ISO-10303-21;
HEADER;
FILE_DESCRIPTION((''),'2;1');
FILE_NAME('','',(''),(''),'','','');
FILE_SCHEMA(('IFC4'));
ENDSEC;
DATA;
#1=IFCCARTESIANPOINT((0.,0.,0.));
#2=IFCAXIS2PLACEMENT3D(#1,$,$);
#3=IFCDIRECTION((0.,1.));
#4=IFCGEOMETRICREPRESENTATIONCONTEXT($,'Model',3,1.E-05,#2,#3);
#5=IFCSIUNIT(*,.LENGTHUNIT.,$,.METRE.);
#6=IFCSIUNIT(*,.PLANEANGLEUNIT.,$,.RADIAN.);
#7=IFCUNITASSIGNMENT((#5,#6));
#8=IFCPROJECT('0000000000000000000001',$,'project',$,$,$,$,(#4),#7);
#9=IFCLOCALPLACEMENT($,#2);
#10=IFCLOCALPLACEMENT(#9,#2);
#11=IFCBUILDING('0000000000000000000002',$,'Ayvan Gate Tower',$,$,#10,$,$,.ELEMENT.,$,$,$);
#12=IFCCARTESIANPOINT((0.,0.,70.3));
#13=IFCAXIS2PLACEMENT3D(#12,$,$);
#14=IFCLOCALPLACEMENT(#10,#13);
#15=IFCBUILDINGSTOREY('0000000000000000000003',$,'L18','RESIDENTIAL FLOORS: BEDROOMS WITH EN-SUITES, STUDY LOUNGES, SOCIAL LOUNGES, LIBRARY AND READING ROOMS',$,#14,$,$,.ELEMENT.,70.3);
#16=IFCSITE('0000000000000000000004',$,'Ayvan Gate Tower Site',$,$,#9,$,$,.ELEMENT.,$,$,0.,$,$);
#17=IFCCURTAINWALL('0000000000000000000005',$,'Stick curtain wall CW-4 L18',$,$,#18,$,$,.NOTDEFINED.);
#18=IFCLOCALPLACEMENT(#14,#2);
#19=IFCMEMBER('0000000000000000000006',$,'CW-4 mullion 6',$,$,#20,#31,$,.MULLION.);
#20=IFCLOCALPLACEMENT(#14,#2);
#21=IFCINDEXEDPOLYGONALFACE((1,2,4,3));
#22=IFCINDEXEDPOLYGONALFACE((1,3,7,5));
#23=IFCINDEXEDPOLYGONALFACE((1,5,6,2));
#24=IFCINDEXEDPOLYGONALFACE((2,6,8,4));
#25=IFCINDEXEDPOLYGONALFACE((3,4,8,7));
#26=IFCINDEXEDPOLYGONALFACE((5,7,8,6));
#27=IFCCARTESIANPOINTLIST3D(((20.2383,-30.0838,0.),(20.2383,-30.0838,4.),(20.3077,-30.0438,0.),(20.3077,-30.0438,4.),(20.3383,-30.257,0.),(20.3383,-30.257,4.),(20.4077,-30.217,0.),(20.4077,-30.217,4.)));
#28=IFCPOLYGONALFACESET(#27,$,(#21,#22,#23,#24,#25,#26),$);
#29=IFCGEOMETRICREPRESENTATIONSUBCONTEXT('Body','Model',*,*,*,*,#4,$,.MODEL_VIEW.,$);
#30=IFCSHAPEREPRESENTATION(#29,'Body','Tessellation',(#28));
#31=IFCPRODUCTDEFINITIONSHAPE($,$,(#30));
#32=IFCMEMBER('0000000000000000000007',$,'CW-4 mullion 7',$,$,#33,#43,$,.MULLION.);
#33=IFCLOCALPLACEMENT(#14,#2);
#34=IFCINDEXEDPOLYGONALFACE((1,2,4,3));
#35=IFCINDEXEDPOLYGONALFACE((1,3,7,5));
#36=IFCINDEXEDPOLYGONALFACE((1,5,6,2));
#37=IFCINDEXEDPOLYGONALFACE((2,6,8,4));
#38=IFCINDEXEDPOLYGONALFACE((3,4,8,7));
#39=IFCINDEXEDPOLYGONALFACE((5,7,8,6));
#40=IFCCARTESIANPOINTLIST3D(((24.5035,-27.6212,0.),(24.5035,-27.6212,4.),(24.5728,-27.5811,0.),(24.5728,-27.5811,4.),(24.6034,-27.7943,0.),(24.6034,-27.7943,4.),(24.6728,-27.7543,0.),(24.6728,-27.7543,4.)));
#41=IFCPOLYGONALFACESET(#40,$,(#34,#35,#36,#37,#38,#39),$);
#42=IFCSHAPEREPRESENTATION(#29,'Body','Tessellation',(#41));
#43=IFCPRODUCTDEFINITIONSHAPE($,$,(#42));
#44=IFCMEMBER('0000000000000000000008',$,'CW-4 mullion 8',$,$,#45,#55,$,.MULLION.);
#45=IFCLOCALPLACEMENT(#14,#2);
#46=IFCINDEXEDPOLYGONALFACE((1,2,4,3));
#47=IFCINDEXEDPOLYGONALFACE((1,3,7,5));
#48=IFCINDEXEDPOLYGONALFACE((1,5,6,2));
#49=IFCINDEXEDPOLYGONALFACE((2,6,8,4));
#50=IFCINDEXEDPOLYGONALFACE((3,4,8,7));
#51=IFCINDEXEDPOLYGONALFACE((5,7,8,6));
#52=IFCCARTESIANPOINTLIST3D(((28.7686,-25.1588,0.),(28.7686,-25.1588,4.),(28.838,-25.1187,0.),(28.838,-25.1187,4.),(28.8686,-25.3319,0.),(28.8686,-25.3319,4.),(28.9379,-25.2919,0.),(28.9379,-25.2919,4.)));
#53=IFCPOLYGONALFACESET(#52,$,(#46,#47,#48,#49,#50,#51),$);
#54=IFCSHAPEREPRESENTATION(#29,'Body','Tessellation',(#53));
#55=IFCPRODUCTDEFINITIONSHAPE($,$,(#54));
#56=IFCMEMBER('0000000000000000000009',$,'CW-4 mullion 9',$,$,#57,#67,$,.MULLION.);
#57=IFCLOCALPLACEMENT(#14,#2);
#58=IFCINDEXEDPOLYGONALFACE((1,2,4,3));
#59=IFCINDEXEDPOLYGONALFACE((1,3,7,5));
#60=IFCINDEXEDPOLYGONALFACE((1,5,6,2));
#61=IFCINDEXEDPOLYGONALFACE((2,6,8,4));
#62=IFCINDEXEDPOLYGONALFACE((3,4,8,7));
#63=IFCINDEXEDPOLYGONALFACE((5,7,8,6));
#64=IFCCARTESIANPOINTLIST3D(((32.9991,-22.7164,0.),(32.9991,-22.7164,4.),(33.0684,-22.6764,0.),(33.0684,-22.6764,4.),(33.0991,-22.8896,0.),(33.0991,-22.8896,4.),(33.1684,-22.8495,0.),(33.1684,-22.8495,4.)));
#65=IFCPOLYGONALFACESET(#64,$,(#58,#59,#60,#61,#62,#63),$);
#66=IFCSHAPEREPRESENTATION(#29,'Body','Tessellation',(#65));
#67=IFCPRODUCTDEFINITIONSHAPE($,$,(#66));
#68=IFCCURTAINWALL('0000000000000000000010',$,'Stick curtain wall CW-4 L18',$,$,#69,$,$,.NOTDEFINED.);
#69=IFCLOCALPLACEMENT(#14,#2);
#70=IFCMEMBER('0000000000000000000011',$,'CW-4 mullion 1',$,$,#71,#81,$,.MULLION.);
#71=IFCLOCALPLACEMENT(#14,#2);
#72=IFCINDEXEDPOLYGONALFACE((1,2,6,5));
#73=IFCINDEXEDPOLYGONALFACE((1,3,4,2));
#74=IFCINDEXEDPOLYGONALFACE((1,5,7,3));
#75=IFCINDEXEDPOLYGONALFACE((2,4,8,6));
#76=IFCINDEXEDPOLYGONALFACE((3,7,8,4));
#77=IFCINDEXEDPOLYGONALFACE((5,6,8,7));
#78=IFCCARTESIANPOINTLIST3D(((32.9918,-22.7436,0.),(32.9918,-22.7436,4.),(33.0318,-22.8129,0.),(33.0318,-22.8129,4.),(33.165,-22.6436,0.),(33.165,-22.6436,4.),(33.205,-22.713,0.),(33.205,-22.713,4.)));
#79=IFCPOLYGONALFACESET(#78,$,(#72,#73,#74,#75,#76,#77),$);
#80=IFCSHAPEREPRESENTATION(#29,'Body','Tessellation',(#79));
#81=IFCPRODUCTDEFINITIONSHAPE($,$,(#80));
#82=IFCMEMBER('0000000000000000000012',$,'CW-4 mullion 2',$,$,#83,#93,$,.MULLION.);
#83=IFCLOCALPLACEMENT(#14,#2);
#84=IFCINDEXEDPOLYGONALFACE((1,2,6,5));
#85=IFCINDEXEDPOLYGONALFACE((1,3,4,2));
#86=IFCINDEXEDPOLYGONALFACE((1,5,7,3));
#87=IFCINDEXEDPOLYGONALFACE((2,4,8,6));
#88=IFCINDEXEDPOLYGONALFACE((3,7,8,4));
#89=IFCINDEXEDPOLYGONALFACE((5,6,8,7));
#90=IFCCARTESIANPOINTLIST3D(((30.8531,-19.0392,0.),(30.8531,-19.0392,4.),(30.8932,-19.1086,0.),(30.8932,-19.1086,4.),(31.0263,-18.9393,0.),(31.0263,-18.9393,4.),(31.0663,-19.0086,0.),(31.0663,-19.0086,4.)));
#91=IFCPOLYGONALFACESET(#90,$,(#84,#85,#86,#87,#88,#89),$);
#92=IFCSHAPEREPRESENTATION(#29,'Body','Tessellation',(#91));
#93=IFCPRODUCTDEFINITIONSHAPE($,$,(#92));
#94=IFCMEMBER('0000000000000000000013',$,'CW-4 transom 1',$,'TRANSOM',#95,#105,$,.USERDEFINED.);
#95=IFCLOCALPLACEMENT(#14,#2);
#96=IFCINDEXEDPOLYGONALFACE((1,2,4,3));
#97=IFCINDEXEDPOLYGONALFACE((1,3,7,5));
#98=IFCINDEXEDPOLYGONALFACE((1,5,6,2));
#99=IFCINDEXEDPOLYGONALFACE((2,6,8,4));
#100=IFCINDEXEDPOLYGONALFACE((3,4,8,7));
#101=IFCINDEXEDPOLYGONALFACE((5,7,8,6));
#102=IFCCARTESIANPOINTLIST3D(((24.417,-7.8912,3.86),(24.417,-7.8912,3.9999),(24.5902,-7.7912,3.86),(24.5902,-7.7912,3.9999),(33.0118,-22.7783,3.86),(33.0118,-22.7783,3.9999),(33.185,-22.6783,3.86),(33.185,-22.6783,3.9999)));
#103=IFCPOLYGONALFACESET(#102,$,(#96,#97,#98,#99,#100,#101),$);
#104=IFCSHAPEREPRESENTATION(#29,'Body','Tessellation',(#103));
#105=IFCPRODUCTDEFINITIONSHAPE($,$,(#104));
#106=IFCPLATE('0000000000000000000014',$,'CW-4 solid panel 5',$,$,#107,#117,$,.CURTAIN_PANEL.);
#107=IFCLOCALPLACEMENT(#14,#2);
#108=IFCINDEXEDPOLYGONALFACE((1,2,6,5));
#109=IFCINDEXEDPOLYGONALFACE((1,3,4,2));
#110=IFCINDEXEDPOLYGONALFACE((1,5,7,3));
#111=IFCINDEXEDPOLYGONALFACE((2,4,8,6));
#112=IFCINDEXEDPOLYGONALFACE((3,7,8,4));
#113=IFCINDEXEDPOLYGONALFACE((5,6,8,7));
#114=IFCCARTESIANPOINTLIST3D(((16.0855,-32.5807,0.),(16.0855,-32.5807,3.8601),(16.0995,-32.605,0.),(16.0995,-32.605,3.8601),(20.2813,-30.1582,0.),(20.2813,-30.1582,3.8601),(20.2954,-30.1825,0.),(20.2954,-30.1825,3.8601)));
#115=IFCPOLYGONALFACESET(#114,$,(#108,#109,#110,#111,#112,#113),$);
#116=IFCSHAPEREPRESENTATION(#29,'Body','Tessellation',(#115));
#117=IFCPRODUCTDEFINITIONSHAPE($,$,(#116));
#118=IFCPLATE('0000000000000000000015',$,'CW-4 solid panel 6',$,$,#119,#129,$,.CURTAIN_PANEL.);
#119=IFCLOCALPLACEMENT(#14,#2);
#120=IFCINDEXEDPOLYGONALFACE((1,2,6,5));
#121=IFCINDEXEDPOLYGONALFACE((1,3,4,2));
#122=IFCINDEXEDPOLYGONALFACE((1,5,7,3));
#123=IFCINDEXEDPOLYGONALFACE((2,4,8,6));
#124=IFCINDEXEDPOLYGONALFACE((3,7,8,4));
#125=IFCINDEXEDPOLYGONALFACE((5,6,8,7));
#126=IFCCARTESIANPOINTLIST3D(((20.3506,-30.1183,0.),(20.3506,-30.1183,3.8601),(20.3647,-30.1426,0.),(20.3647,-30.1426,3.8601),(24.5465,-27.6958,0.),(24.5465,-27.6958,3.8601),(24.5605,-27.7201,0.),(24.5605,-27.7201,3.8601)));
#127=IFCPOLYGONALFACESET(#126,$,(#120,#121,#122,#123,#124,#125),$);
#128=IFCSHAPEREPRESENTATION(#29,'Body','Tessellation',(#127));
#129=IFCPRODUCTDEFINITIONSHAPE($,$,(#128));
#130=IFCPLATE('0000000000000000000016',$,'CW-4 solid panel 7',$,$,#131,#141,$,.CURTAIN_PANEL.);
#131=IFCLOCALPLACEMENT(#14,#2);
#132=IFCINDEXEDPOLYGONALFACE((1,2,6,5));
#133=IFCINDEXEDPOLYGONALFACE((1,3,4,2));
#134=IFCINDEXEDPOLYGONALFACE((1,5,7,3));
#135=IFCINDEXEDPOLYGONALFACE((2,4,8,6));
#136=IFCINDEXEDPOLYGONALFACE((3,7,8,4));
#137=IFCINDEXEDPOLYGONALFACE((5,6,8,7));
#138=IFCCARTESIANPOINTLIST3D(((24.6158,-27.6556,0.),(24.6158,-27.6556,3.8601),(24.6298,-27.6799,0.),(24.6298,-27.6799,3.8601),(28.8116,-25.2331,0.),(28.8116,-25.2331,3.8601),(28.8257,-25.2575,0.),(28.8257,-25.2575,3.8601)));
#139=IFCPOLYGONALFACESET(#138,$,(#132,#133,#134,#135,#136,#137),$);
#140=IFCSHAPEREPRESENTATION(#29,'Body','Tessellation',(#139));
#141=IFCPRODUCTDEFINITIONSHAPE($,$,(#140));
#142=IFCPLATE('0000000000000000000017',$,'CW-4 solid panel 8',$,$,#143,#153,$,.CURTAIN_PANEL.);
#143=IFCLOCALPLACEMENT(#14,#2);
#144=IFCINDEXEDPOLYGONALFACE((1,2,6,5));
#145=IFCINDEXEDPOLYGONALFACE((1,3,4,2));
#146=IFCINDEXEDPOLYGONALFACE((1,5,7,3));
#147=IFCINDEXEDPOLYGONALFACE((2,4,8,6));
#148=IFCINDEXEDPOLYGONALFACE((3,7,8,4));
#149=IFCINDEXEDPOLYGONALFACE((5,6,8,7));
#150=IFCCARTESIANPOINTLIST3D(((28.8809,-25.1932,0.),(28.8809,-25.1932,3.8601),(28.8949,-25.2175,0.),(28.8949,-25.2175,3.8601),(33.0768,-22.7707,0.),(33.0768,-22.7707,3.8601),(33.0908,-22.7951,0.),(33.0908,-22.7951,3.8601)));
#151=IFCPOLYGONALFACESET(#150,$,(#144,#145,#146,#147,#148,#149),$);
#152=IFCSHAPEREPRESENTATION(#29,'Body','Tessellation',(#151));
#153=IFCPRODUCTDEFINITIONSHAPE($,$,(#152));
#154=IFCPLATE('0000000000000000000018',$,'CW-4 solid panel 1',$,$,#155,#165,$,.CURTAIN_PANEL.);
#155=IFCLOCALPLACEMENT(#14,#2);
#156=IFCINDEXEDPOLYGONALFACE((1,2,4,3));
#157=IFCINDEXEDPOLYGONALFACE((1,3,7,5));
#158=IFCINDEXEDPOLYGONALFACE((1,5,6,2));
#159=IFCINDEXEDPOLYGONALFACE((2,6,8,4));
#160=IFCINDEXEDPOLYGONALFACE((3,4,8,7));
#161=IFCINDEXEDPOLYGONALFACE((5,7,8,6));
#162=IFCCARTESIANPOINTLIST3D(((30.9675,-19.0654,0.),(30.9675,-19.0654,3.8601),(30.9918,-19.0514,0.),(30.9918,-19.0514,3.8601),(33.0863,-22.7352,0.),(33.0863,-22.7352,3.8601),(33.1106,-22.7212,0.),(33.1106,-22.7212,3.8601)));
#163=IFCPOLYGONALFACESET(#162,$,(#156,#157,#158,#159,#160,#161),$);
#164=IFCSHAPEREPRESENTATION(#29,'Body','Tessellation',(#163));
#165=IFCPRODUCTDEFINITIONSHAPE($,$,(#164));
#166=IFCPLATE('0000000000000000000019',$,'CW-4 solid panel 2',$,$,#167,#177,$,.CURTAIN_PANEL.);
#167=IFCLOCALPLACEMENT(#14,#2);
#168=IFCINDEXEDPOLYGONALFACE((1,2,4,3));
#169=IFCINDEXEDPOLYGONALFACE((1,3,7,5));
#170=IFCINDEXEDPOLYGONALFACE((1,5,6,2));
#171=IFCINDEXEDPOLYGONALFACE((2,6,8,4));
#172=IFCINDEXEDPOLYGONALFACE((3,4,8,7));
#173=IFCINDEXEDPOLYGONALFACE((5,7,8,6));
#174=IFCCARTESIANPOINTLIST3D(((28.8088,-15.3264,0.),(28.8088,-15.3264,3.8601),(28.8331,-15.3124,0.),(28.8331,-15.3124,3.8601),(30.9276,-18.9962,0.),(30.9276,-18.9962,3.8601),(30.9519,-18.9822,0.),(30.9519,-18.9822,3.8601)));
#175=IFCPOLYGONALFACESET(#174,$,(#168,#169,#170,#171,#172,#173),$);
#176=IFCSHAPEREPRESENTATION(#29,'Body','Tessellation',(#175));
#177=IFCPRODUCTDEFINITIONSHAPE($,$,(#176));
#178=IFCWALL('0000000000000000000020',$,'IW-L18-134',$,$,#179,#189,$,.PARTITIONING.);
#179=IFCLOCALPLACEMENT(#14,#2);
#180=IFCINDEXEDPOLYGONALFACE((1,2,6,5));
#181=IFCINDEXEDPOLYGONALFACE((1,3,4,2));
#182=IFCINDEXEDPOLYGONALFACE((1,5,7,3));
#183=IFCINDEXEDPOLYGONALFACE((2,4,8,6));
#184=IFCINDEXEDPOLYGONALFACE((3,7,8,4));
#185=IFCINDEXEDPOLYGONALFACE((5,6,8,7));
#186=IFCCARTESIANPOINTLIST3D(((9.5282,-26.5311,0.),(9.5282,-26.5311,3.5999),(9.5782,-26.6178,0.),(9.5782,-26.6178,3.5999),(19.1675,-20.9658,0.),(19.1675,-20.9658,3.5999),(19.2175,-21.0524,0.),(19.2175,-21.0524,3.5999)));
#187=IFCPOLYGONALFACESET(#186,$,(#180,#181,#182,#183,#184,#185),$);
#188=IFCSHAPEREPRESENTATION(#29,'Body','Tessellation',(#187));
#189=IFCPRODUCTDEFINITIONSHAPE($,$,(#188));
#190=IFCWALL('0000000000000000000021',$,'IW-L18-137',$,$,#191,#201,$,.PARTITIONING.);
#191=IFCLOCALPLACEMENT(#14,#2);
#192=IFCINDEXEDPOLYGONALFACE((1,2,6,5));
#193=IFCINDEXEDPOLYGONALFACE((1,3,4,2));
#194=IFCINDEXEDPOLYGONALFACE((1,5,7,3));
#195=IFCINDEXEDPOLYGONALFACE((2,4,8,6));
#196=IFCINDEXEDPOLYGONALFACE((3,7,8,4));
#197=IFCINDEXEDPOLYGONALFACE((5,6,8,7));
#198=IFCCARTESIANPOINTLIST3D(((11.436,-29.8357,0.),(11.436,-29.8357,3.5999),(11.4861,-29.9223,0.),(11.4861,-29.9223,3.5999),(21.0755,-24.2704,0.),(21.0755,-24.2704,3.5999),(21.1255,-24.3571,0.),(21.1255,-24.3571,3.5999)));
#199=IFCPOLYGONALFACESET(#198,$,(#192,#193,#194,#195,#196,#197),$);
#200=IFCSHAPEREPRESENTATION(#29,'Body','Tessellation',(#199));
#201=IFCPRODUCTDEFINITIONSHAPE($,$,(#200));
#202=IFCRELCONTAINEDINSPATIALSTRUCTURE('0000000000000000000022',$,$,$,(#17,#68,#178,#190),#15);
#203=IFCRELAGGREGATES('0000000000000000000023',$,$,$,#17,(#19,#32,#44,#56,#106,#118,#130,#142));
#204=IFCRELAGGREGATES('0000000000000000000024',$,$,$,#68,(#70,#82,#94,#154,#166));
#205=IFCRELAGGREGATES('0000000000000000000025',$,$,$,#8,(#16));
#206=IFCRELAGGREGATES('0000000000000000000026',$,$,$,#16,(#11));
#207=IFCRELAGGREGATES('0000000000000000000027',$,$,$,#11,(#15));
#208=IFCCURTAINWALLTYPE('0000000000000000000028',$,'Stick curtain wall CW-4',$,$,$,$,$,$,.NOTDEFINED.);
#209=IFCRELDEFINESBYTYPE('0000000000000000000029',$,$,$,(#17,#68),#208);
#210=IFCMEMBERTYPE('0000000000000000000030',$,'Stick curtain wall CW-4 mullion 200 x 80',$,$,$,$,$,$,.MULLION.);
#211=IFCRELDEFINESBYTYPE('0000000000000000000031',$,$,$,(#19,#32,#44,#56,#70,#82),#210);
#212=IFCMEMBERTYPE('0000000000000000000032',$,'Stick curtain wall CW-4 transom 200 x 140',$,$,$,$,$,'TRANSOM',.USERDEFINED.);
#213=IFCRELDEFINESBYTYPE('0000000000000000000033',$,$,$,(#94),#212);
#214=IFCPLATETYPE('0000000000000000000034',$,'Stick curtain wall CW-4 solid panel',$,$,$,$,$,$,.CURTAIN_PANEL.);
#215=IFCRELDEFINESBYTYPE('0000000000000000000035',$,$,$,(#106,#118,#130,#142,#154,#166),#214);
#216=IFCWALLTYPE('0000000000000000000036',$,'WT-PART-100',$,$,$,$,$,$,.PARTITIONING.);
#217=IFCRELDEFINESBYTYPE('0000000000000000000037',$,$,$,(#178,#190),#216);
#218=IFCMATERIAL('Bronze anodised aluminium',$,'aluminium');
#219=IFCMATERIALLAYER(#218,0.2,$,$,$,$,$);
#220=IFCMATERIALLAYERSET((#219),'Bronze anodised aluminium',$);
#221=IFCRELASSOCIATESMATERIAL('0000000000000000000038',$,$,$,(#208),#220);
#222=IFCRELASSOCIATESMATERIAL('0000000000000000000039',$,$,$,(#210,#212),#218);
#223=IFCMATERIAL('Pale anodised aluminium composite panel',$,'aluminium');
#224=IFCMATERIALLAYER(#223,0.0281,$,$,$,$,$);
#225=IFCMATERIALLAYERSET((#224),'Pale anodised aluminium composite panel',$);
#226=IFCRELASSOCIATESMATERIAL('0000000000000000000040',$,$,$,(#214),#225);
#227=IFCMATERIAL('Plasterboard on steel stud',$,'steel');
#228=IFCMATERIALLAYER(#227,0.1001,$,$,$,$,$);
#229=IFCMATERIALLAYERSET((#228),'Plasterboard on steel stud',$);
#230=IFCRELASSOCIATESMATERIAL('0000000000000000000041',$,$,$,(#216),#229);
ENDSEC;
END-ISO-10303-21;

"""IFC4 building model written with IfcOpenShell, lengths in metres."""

from ifc_helpers import new_model, si_unit, direction, frame, frame_2d, origin, origin_2d, place, context, subcontext, project, spatial, rectangle, extrude, material, layer, layer_set, material_profile, profile_set, type_object, element, aggregate, save


model = new_model("IFC4")

# Units and contexts
model_context = context("Model", 3, precision=1e-05, world=origin(), true_north=direction((0.0, 1.0)))
body_context = subcontext(model_context, "Body", "Model", "MODEL_VIEW")
ifc_project = project(units=[si_unit("LENGTHUNIT", "METRE"), si_unit("PLANEANGLEUNIT", "RADIAN")], contexts=[model_context])

# Site, building, storey
site_placement = place(None, origin())
site = spatial("IfcSite", under=ifc_project, at=site_placement, Name="Ayvan Gate Tower Site", CompositionType="ELEMENT", RefElevation=0.0)
building_placement = place(site_placement, origin())
building = spatial("IfcBuilding", under=site, at=building_placement, Name="Ayvan Gate Tower", CompositionType="ELEMENT")
storey_placement = place(building_placement, frame((0.0, 0.0, 70.3)))
storey = spatial("IfcBuildingStorey", under=building, at=storey_placement, Name="L18", Description="RESIDENTIAL FLOORS: BEDROOMS WITH EN-SUITES, STUDY LOUNGES, SOCIAL LOUNGES, LIBRARY AND READING ROOMS", CompositionType="ELEMENT", Elevation=70.3)

# Curtain walls, members
ifc_material_1 = material(Name="Bronze anodised aluminium", Category="aluminium")
ifc_layer_1 = layer(ifc_material_1, 0.2)
ifc_layer_set_1 = layer_set([ifc_layer_1], Name="Bronze anodised aluminium")
curtain_wall_type = type_object("IfcCurtainWallType", Name="Stick curtain wall CW-4", PredefinedType="NOTDEFINED", material=ifc_layer_set_1)
curtain_wall_1_placement = place(storey_placement, origin())
curtain_wall_1 = element("IfcCurtainWall", 1, at=curtain_wall_1_placement, inside=storey, type_object=curtain_wall_type, Name="Stick curtain wall CW-4 L18", PredefinedType="NOTDEFINED")
ifc_material_profile_1 = material_profile(ifc_material_1, rectangle(XDim=0.2, YDim=0.0801, at=origin_2d()), Name="Stick curtain wall CW-4 mullion 200 x 80")
ifc_profile_set_1 = profile_set([ifc_material_profile_1], Name="Bronze anodised aluminium")
member_type_1 = type_object("IfcMemberType", Name="Stick curtain wall CW-4 mullion 200 x 80", PredefinedType="MULLION", material=ifc_profile_set_1)
member_1_placement = place(storey_placement, frame((20.323, -30.1504, 0.0), z_axis=(0.0, 0.0, 1.0), x_axis=(0.5, -0.866025, 0.0)))
member_1 = element("IfcMember", 2, at=member_1_placement, type_object=member_type_1, Name="CW-4 mullion 6", PredefinedType="MULLION", context=body_context, shape_type="SweptSolid", body=[
    extrude(rectangle(XDim=0.2, YDim=0.0801, at=origin_2d()), origin(), (0.0, 0.0, 1.0), 4.0),
])
member_2_placement = place(storey_placement, frame((24.5881, -27.6877, 0.0), z_axis=(0.0, 0.0, 1.0), x_axis=(0.5, -0.866025, 0.0)))
member_2 = element("IfcMember", 3, at=member_2_placement, type_object=member_type_1, Name="CW-4 mullion 7", PredefinedType="MULLION", context=body_context, shape_type="SweptSolid", body=[
    extrude(rectangle(XDim=0.2, YDim=0.0801, at=origin_2d()), origin(), (0.0, 0.0, 1.0), 4.0),
])
member_3_placement = place(storey_placement, frame((28.8533, -25.2253, 0.0), z_axis=(0.0, 0.0, 1.0), x_axis=(0.5, -0.866025, 0.0)))
member_3 = element("IfcMember", 4, at=member_3_placement, type_object=member_type_1, Name="CW-4 mullion 8", PredefinedType="MULLION", context=body_context, shape_type="SweptSolid", body=[
    extrude(rectangle(XDim=0.2, YDim=0.0801, at=origin_2d()), origin(), (0.0, 0.0, 1.0), 4.0),
])
member_4_placement = place(storey_placement, frame((33.0837, -22.783, 0.0), z_axis=(0.0, 0.0, 1.0), x_axis=(0.5, -0.866025, 0.0)))
member_4 = element("IfcMember", 5, at=member_4_placement, type_object=member_type_1, Name="CW-4 mullion 9", PredefinedType="MULLION", context=body_context, shape_type="SweptSolid", body=[
    extrude(rectangle(XDim=0.2, YDim=0.0801, at=origin_2d()), origin(), (0.0, 0.0, 1.0), 4.0),
])
curtain_wall_2_placement = place(storey_placement, origin())
curtain_wall_2 = element("IfcCurtainWall", 6, at=curtain_wall_2_placement, inside=storey, type_object=curtain_wall_type, Name="Stick curtain wall CW-4 L18", PredefinedType="NOTDEFINED")
member_5_placement = place(storey_placement, frame((33.0984, -22.7283, 0.0), z_axis=(0.0, 0.0, 1.0), x_axis=(0.866025, 0.5, 0.0)))
member_5 = element("IfcMember", 7, at=member_5_placement, type_object=member_type_1, Name="CW-4 mullion 1", PredefinedType="MULLION", context=body_context, shape_type="SweptSolid", body=[
    extrude(rectangle(XDim=0.2, YDim=0.0801, at=origin_2d()), origin(), (0.0, 0.0, 1.0), 4.0),
])
member_6_placement = place(storey_placement, frame((30.9597, -19.0239, 0.0), z_axis=(0.0, 0.0, 1.0), x_axis=(0.866025, 0.5, 0.0)))
member_6 = element("IfcMember", 8, at=member_6_placement, type_object=member_type_1, Name="CW-4 mullion 2", PredefinedType="MULLION", context=body_context, shape_type="SweptSolid", body=[
    extrude(rectangle(XDim=0.2, YDim=0.0801, at=origin_2d()), origin(), (0.0, 0.0, 1.0), 4.0),
])
ifc_material_profile_2 = material_profile(ifc_material_1, rectangle(XDim=0.2, YDim=0.1399, at=origin_2d()), Name="Stick curtain wall CW-4 transom 200 x 140")
ifc_profile_set_2 = profile_set([ifc_material_profile_2], Name="Bronze anodised aluminium")
member_type_2 = type_object("IfcMemberType", Name="Stick curtain wall CW-4 transom 200 x 140", ElementType="TRANSOM", PredefinedType="USERDEFINED", material=ifc_profile_set_2)
member_7_placement = place(storey_placement, frame((33.0984, -22.7283, 3.9299), z_axis=(-0.499988, 0.866032, 0.0), x_axis=(-0.866032, -0.499988, 0.0)))
member_7 = element("IfcMember", 9, at=member_7_placement, type_object=member_type_2, Name="CW-4 transom 1", ObjectType="TRANSOM", PredefinedType="USERDEFINED", context=body_context, shape_type="SweptSolid", body=[
    extrude(rectangle(XDim=0.2, YDim=0.1399, at=origin_2d()), origin(), (0.0, 0.0, 1.0), 17.1899),
])

# Plates
ifc_material_2 = material(Name="Pale anodised aluminium composite panel", Category="aluminium")
ifc_layer_2 = layer(ifc_material_2, 0.0281)
ifc_layer_set_2 = layer_set([ifc_layer_2], Name="Pale anodised aluminium composite panel")
plate_type = type_object("IfcPlateType", Name="Stick curtain wall CW-4 solid panel", PredefinedType="CURTAIN_PANEL", material=ifc_layer_set_2)
plate_1_placement = place(storey_placement, frame((18.1904, -31.3816, 0.0), z_axis=(0.0, 0.0, 1.0), x_axis=(0.866025, 0.5, 0.0)))
plate_1 = element("IfcPlate", 10, at=plate_1_placement, type_object=plate_type, Name="CW-4 solid panel 5", PredefinedType="CURTAIN_PANEL", context=body_context, shape_type="SweptSolid", body=[
    extrude(rectangle(XDim=4.845, YDim=0.0281, at=origin_2d()), origin(), (0.0, 0.0, 1.0), 3.8601),
])
plate_2_placement = place(storey_placement, frame((22.4556, -28.9192, 0.0), z_axis=(0.0, 0.0, 1.0), x_axis=(0.866025, 0.5, 0.0)))
plate_2 = element("IfcPlate", 11, at=plate_2_placement, type_object=plate_type, Name="CW-4 solid panel 6", PredefinedType="CURTAIN_PANEL", context=body_context, shape_type="SweptSolid", body=[
    extrude(rectangle(XDim=4.845, YDim=0.0281, at=origin_2d()), origin(), (0.0, 0.0, 1.0), 3.8601),
])
plate_3_placement = place(storey_placement, frame((26.7207, -26.4565, 0.0), z_axis=(0.0, 0.0, 1.0), x_axis=(0.866025, 0.5, 0.0)))
plate_3 = element("IfcPlate", 12, at=plate_3_placement, type_object=plate_type, Name="CW-4 solid panel 7", PredefinedType="CURTAIN_PANEL", context=body_context, shape_type="SweptSolid", body=[
    extrude(rectangle(XDim=4.845, YDim=0.0281, at=origin_2d()), origin(), (0.0, 0.0, 1.0), 3.8601),
])
plate_4_placement = place(storey_placement, frame((30.9858, -23.9941, 0.0), z_axis=(0.0, 0.0, 1.0), x_axis=(0.866025, 0.5, 0.0)))
plate_4 = element("IfcPlate", 13, at=plate_4_placement, type_object=plate_type, Name="CW-4 solid panel 8", PredefinedType="CURTAIN_PANEL", context=body_context, shape_type="SweptSolid", body=[
    extrude(rectangle(XDim=4.845, YDim=0.0281, at=origin_2d()), origin(), (0.0, 0.0, 1.0), 3.8601),
])
aggregate(curtain_wall_1, [member_1, member_2, member_3, member_4, plate_1, plate_2, plate_3, plate_4])
plate_5_placement = place(storey_placement, frame((32.0391, -20.8933, 0.0), z_axis=(0.0, 0.0, 1.0), x_axis=(-0.5, 0.866025, 0.0)))
plate_5 = element("IfcPlate", 14, at=plate_5_placement, type_object=plate_type, Name="CW-4 solid panel 1", PredefinedType="CURTAIN_PANEL", context=body_context, shape_type="SweptSolid", body=[
    extrude(rectangle(XDim=4.2375, YDim=0.0281, at=origin_2d()), origin(), (0.0, 0.0, 1.0), 3.8601),
])
plate_6_placement = place(storey_placement, frame((29.8804, -17.1543, 0.0), z_axis=(0.0, 0.0, 1.0), x_axis=(-0.5, 0.866025, 0.0)))
plate_6 = element("IfcPlate", 15, at=plate_6_placement, type_object=plate_type, Name="CW-4 solid panel 2", PredefinedType="CURTAIN_PANEL", context=body_context, shape_type="SweptSolid", body=[
    extrude(rectangle(XDim=4.2375, YDim=0.0281, at=origin_2d()), origin(), (0.0, 0.0, 1.0), 3.8601),
])
aggregate(curtain_wall_2, [member_5, member_6, member_7, plate_5, plate_6])

# Walls
ifc_material_3 = material(Name="Plasterboard on steel stud", Category="steel")
ifc_layer_3 = layer(ifc_material_3, 0.1001)
ifc_layer_set_3 = layer_set([ifc_layer_3], Name="Plasterboard on steel stud")
wall_type = type_object("IfcWallType", Name="WT-PART-100", PredefinedType="PARTITIONING", material=ifc_layer_set_3)
for number, where, z_axis, x_axis, name in (
    (16, (19.1926, -21.009, 0.0), (0.0, 0.0, 1.0), (-0.866021, -0.500008, 0.0), "IW-L18-134"),
    (17, (21.1006, -24.3137, 0.0), (0.0, 0.0, 1.0), (-0.86603, -0.499991, 0.0), "IW-L18-137"),
):
    element("IfcWall", number, at=place(storey_placement, frame(where, z_axis=z_axis, x_axis=x_axis)), inside=storey, type_object=wall_type, Name=name, PredefinedType="PARTITIONING", context=body_context, shape_type="SweptSolid", body=[
        extrude(rectangle(XDim=11.1306, YDim=0.1001, at=frame_2d((5.5654, 0.0))), origin(), (0.0, 0.0, 1.0), 3.5999),
    ])

save(model, "model.ifc")
